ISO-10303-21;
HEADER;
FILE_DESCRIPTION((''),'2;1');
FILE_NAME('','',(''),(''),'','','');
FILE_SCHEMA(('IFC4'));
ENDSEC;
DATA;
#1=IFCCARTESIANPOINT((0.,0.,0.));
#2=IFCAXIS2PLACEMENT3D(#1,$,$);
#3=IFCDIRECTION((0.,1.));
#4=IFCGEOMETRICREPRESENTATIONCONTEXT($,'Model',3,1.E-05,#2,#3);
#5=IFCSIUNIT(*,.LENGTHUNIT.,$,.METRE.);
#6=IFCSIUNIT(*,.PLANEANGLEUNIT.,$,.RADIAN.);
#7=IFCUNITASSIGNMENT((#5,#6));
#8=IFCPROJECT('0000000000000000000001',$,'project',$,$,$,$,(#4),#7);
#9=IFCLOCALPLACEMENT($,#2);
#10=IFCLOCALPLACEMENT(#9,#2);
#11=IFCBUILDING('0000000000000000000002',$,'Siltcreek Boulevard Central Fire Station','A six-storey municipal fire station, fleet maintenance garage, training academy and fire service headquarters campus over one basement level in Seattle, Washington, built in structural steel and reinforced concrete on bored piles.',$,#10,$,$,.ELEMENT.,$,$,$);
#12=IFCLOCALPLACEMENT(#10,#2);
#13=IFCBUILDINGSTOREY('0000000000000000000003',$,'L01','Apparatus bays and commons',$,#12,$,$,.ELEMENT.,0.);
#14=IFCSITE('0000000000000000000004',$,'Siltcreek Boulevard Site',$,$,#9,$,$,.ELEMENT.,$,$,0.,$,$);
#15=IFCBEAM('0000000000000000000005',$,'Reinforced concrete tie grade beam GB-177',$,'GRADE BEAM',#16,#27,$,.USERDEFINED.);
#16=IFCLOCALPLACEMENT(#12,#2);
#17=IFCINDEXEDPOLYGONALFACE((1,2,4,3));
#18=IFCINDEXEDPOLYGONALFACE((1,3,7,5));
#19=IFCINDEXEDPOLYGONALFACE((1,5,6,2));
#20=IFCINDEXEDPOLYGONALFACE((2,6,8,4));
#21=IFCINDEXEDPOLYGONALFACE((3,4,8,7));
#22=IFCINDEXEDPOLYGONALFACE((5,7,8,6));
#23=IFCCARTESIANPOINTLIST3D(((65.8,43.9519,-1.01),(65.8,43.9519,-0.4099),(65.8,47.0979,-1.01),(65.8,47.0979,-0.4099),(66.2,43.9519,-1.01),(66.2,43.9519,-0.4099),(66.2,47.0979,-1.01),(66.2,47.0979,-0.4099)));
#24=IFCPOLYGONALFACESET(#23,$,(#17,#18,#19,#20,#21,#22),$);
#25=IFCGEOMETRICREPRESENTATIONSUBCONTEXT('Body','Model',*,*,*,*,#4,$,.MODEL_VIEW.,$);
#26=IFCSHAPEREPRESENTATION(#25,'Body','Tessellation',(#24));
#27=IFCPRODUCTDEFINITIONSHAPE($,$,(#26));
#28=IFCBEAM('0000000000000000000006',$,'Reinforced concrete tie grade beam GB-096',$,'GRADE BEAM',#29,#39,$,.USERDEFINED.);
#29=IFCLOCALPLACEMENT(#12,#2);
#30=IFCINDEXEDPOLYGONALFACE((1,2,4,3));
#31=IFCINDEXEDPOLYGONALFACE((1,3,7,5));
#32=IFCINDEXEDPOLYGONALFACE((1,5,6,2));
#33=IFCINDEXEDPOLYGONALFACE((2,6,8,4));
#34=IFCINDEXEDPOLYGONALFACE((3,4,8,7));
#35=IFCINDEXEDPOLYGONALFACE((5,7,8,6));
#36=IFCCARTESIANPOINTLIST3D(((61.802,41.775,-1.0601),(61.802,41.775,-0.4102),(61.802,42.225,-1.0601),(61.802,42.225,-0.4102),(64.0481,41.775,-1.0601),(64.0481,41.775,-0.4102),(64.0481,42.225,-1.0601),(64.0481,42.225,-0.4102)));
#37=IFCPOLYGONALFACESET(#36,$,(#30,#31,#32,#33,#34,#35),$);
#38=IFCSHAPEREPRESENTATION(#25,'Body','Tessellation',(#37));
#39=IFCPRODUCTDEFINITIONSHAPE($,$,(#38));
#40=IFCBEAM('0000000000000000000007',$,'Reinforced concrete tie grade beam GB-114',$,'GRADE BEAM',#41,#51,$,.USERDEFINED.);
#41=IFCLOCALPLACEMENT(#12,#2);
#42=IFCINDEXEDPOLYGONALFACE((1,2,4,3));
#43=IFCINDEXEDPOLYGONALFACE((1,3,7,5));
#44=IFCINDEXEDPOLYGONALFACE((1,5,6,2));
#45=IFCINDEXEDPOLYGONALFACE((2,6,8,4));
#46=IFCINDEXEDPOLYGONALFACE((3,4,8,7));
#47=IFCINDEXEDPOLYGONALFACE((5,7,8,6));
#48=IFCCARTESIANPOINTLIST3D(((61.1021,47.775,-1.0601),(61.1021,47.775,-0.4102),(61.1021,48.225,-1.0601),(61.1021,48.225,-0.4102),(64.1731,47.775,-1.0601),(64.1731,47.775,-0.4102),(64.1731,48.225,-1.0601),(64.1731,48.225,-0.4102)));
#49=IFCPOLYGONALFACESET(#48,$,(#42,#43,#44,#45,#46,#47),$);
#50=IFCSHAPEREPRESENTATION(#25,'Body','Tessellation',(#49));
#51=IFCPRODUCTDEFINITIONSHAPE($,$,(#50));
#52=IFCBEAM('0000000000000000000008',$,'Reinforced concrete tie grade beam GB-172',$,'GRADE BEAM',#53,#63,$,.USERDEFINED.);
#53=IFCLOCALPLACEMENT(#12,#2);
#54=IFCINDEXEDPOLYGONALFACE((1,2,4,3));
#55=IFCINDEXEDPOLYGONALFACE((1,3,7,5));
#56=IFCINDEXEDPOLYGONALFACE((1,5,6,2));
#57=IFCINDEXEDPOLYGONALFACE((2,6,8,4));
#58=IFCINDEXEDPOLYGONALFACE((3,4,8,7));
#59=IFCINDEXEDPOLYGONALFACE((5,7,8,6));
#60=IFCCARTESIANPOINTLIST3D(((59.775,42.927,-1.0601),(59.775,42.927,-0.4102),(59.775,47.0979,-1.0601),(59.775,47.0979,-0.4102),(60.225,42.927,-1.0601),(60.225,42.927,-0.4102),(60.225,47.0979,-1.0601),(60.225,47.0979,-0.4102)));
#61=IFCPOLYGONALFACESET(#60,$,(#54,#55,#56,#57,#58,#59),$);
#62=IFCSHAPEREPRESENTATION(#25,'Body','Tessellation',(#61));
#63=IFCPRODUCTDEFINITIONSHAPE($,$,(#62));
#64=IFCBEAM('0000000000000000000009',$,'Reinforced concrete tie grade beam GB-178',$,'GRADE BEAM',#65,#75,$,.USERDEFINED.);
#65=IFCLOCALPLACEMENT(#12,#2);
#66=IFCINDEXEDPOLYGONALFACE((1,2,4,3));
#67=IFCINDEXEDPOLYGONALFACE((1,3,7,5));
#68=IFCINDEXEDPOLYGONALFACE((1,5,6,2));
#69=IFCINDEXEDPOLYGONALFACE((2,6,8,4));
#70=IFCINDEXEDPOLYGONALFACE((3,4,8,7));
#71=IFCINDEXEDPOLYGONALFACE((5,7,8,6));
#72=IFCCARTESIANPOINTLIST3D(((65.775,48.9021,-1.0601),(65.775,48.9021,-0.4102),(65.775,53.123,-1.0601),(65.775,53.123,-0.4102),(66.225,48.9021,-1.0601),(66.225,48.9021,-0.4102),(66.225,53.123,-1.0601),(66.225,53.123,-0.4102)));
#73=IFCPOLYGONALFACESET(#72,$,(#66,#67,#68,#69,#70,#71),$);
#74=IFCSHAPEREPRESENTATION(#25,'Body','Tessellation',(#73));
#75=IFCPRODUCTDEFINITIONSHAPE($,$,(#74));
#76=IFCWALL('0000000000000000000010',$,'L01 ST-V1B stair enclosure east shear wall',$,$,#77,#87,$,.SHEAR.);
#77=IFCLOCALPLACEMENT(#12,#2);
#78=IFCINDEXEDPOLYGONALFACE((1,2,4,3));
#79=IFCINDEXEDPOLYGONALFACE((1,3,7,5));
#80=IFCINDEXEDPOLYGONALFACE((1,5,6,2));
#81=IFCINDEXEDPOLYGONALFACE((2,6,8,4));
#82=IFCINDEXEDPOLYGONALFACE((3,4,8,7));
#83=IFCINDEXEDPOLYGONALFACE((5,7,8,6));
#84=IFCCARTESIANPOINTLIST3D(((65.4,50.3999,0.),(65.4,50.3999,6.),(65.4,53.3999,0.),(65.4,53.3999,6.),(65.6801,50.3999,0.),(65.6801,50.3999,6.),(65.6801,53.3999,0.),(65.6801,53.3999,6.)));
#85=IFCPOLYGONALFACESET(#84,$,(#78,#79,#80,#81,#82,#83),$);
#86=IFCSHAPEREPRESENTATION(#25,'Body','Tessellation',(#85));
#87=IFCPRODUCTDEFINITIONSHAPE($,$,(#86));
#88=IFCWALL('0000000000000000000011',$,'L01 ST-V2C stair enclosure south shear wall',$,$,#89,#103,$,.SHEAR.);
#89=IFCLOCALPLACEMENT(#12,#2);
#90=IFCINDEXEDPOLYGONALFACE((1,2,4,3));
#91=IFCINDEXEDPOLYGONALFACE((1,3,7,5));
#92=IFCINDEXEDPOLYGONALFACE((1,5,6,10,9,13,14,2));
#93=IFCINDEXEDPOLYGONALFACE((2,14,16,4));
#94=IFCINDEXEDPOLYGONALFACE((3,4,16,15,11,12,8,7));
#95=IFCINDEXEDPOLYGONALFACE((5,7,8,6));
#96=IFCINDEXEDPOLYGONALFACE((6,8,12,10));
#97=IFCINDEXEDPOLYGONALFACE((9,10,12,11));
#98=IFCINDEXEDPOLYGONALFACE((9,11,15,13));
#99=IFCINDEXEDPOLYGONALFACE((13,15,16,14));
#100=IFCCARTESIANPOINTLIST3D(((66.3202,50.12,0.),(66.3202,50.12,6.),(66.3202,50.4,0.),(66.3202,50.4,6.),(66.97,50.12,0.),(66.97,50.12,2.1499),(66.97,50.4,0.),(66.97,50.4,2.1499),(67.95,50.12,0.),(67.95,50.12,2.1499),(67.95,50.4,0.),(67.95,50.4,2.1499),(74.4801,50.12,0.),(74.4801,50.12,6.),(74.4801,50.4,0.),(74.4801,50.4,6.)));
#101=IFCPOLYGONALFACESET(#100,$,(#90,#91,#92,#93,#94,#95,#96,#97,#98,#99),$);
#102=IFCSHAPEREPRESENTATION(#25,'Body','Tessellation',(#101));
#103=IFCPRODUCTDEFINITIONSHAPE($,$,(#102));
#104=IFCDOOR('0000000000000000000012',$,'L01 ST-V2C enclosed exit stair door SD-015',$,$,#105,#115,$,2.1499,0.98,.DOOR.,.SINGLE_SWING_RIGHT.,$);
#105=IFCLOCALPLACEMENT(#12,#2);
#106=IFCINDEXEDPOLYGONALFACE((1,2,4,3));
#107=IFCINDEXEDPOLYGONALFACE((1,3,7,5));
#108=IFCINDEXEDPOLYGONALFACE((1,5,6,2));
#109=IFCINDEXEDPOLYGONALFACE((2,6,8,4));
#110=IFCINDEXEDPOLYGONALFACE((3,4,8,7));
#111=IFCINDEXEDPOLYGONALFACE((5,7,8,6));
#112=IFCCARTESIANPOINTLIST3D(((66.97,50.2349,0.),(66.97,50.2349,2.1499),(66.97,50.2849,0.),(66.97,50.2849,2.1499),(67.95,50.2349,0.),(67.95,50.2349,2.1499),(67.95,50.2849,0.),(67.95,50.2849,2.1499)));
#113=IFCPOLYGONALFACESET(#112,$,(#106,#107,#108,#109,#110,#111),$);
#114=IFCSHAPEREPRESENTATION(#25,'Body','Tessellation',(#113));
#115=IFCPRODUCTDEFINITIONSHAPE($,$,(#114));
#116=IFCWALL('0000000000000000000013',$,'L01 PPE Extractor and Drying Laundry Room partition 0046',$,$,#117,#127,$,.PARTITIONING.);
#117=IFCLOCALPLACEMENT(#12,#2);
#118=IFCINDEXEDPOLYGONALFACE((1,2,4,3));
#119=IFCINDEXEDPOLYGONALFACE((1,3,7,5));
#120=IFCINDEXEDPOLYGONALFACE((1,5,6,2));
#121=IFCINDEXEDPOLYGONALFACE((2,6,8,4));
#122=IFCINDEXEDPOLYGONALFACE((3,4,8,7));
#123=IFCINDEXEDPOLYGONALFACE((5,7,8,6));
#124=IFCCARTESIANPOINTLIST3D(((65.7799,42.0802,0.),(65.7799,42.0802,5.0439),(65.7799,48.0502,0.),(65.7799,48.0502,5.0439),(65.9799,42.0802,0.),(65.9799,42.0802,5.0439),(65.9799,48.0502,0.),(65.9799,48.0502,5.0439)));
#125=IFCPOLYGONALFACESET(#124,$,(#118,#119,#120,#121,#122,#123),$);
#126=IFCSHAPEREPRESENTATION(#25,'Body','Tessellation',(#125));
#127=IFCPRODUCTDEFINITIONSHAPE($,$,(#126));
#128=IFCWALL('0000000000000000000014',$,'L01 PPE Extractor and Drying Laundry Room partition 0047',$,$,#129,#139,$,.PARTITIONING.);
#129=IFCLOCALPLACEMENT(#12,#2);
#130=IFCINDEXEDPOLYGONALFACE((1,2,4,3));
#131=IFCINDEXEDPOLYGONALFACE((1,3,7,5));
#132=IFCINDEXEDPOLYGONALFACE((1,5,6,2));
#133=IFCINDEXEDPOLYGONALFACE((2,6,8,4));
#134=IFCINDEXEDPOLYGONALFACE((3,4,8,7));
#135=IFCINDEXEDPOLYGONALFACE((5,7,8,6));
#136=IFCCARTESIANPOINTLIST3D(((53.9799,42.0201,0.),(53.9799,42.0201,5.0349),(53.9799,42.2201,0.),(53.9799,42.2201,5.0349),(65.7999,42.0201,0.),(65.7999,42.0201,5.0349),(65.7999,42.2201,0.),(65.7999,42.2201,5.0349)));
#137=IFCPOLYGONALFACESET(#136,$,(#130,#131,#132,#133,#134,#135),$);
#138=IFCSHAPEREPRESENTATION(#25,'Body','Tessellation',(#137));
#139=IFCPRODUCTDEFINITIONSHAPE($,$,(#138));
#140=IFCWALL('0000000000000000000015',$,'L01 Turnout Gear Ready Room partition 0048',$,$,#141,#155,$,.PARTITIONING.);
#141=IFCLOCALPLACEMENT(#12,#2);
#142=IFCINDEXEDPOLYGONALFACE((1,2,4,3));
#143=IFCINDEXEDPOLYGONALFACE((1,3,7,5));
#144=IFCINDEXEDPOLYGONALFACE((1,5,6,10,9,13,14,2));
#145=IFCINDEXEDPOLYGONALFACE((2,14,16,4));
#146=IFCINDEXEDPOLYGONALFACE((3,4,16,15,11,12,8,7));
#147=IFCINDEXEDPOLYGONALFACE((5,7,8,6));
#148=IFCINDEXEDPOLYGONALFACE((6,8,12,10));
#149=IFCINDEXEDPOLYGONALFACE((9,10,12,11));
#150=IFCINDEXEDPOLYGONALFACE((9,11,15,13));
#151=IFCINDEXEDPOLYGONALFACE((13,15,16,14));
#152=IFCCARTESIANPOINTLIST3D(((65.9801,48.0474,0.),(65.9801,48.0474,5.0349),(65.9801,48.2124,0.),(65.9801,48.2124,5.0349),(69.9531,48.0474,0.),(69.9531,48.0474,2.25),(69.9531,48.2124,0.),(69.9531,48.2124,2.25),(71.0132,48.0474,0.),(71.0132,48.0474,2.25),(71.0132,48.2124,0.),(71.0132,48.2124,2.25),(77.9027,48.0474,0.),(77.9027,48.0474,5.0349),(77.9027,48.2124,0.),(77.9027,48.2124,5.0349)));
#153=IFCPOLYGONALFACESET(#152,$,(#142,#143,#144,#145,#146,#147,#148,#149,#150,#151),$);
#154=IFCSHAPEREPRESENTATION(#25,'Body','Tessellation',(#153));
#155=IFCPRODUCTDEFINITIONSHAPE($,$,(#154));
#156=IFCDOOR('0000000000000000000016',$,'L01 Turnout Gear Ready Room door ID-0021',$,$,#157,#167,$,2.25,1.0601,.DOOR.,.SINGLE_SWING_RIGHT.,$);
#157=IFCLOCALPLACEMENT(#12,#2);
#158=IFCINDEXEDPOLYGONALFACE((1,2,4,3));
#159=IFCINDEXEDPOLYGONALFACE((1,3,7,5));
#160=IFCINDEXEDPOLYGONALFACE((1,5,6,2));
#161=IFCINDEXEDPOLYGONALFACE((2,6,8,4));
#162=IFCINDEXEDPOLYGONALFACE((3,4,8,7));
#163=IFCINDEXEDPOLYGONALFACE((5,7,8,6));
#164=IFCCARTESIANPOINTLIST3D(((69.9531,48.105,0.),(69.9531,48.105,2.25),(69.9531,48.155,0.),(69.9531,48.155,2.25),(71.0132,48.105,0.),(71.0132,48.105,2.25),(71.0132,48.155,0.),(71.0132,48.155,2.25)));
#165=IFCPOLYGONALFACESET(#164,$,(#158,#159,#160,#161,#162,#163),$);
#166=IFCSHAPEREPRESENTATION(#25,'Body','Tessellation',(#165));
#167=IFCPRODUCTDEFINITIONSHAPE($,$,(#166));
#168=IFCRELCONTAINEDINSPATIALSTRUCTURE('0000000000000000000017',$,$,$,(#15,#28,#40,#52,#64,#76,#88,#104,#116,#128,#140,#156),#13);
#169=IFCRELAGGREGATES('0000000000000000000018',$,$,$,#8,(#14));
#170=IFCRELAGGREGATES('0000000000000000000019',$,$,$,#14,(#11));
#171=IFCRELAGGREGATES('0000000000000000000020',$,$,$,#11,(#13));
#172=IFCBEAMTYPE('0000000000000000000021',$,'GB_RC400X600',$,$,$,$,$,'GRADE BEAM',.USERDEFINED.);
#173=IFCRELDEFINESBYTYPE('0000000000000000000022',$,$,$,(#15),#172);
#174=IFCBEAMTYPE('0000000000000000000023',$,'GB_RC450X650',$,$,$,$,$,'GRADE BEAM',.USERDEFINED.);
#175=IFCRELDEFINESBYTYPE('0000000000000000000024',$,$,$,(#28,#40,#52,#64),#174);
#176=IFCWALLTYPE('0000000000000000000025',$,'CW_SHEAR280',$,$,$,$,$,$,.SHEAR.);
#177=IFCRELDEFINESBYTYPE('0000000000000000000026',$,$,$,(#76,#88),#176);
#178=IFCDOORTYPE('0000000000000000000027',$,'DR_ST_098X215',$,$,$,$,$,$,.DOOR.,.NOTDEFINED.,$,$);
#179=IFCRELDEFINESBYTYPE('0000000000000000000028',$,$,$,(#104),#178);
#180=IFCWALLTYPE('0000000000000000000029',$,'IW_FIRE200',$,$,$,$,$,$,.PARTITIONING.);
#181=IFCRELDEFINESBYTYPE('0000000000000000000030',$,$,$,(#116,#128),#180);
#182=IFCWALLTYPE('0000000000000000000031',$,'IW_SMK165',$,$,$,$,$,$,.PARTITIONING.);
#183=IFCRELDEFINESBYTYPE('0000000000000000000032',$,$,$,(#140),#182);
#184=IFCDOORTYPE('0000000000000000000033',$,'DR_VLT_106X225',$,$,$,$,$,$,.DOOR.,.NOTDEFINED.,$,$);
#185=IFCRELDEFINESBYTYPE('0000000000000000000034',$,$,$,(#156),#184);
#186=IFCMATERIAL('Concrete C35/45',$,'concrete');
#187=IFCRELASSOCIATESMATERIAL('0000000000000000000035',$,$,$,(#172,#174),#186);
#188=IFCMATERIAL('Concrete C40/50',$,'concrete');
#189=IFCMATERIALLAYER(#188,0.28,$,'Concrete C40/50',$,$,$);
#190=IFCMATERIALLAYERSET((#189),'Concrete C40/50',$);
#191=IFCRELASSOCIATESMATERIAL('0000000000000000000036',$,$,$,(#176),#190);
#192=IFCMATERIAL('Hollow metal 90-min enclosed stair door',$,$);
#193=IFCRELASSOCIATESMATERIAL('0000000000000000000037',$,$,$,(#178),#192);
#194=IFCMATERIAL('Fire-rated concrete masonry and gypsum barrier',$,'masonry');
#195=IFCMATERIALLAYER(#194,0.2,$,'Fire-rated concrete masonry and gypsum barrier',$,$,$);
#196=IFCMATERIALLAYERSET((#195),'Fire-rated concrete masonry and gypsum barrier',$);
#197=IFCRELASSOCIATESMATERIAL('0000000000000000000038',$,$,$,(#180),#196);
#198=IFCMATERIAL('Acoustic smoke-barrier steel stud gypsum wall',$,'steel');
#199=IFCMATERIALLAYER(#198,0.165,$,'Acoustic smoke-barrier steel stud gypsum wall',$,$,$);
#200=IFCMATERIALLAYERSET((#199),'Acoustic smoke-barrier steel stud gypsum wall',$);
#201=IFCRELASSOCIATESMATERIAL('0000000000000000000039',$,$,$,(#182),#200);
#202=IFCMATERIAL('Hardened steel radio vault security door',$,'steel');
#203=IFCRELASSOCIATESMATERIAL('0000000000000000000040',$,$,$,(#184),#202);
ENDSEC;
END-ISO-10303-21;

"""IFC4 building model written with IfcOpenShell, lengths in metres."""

from ifc_helpers import new_model, si_unit, direction, frame, frame_2d, origin, origin_2d, place, context, subcontext, project, spatial, rectangle, extrude, material, layer, layer_set, material_profile, profile_set, type_object, element, fill, save


model = new_model("IFC4")

# Units and contexts
model_context = context("Model", 3, precision=1e-05, world=origin(), true_north=direction((0.0, 1.0)))
body_context = subcontext(model_context, "Body", "Model", "MODEL_VIEW")
ifc_project = project(units=[si_unit("LENGTHUNIT", "METRE"), si_unit("PLANEANGLEUNIT", "RADIAN")], contexts=[model_context])

# Site, building, storey
site_placement = place(None, origin())
site = spatial("IfcSite", under=ifc_project, at=site_placement, Name="Siltcreek Boulevard Site", CompositionType="ELEMENT", RefElevation=0.0)
building_placement = place(site_placement, origin())
building = spatial("IfcBuilding", under=site, at=building_placement, Name="Siltcreek Boulevard Central Fire Station", Description="A six-storey municipal fire station, fleet maintenance garage, training academy and fire service headquarters campus over one basement level in Seattle, Washington, built in structural steel and reinforced concrete on bored piles.", CompositionType="ELEMENT")
storey_placement = place(building_placement, origin())
storey = spatial("IfcBuildingStorey", under=building, at=storey_placement, Name="L01", Description="Apparatus bays and commons", CompositionType="ELEMENT", Elevation=0.0)

# Shared definitions
ifc_material_1 = material(Name="Concrete C35/45", Category="concrete")

# Beams
ifc_material_profile_1 = material_profile(ifc_material_1, rectangle(XDim=0.3999, YDim=0.6001, at=origin_2d()), Name="RC400X600")
ifc_profile_set_1 = profile_set([ifc_material_profile_1], Name="Concrete C35/45")
beam_type_1 = type_object("IfcBeamType", Name="GB_RC400X600", ElementType="GRADE BEAM", PredefinedType="USERDEFINED", material=ifc_profile_set_1)
beam_1_placement = place(storey_placement, frame((66.0, 43.9519, -0.71), z_axis=(0.0, 1.0, 0.0), x_axis=(-1.0, 0.0, 0.0)))
element("IfcBeam", 1, at=beam_1_placement, inside=storey, type_object=beam_type_1, Name="Reinforced concrete tie grade beam GB-177", ObjectType="GRADE BEAM", PredefinedType="USERDEFINED", context=body_context, shape_type="SweptSolid", body=[
    extrude(rectangle(XDim=0.3999, YDim=0.6001, at=origin_2d()), origin(), (0.0, 0.0, 1.0), 3.146),
])
ifc_material_profile_2 = material_profile(ifc_material_1, rectangle(XDim=0.45, YDim=0.6499, at=origin_2d()), Name="RC450X650")
ifc_profile_set_2 = profile_set([ifc_material_profile_2], Name="Concrete C35/45")
beam_type_2 = type_object("IfcBeamType", Name="GB_RC450X650", ElementType="GRADE BEAM", PredefinedType="USERDEFINED", material=ifc_profile_set_2)
beam_2_placement = place(storey_placement, frame((61.802, 42.0, -0.7351), z_axis=(1.0, 0.0, 0.0), x_axis=(0.0, 1.0, 0.0)))
element("IfcBeam", 2, at=beam_2_placement, inside=storey, type_object=beam_type_2, Name="Reinforced concrete tie grade beam GB-096", ObjectType="GRADE BEAM", PredefinedType="USERDEFINED", context=body_context, shape_type="SweptSolid", body=[
    extrude(rectangle(XDim=0.45, YDim=0.6499, at=origin_2d()), origin(), (0.0, 0.0, 1.0), 2.2461),
])
beam_3_placement = place(storey_placement, frame((61.1021, 48.0, -0.7351), z_axis=(1.0, 0.0, 0.0), x_axis=(0.0, 1.0, 0.0)))
element("IfcBeam", 3, at=beam_3_placement, inside=storey, type_object=beam_type_2, Name="Reinforced concrete tie grade beam GB-114", ObjectType="GRADE BEAM", PredefinedType="USERDEFINED", context=body_context, shape_type="SweptSolid", body=[
    extrude(rectangle(XDim=0.45, YDim=0.6499, at=origin_2d()), origin(), (0.0, 0.0, 1.0), 3.071),
])
beam_4_placement = place(storey_placement, frame((60.0, 42.927, -0.7351), z_axis=(0.0, 1.0, 0.0), x_axis=(-1.0, 0.0, 0.0)))
element("IfcBeam", 4, at=beam_4_placement, inside=storey, type_object=beam_type_2, Name="Reinforced concrete tie grade beam GB-172", ObjectType="GRADE BEAM", PredefinedType="USERDEFINED", context=body_context, shape_type="SweptSolid", body=[
    extrude(rectangle(XDim=0.45, YDim=0.6499, at=origin_2d()), origin(), (0.0, 0.0, 1.0), 4.1709),
])
beam_5_placement = place(storey_placement, frame((66.0, 48.9021, -0.7351), z_axis=(0.0, 1.0, 0.0), x_axis=(-1.0, 0.0, 0.0)))
element("IfcBeam", 5, at=beam_5_placement, inside=storey, type_object=beam_type_2, Name="Reinforced concrete tie grade beam GB-178", ObjectType="GRADE BEAM", PredefinedType="USERDEFINED", context=body_context, shape_type="SweptSolid", body=[
    extrude(rectangle(XDim=0.45, YDim=0.6499, at=origin_2d()), origin(), (0.0, 0.0, 1.0), 4.2209),
])

# Wall
ifc_material_2 = material(Name="Concrete C40/50", Category="concrete")
ifc_layer_1 = layer(ifc_material_2, 0.28, Name="Concrete C40/50")
ifc_layer_set_1 = layer_set([ifc_layer_1], Name="Concrete C40/50")
wall_type_1 = type_object("IfcWallType", Name="CW_SHEAR280", PredefinedType="SHEAR", material=ifc_layer_set_1)
wall_1_placement = place(storey_placement, frame((65.54, 50.3999, 0.0), z_axis=(0.0, 0.0, 1.0), x_axis=(0.0, 1.0, 0.0)))
element("IfcWall", 6, at=wall_1_placement, inside=storey, type_object=wall_type_1, Name="L01 ST-V1B stair enclosure east shear wall", PredefinedType="SHEAR", context=body_context, shape_type="SweptSolid", body=[
    extrude(rectangle(XDim=3.0, YDim=0.28, at=frame_2d((1.5, 0.0))), origin(), (0.0, 0.0, 1.0), 6.0),
])

# Wall, opening, door
wall_2_placement = place(storey_placement, frame((66.3201, 50.26, 0.0), z_axis=(0.0, 0.0, 1.0), x_axis=(1.0, 0.0, 0.0)))
wall_2 = element("IfcWall", 7, at=wall_2_placement, inside=storey, type_object=wall_type_1, Name="L01 ST-V2C stair enclosure south shear wall", PredefinedType="SHEAR", context=body_context, shape_type="SweptSolid", body=[
    extrude(rectangle(XDim=8.1599, YDim=0.28, at=frame_2d((4.0801, 0.0))), origin(), (0.0, 0.0, 1.0), 6.0),
])
opening_1_placement = place(wall_2_placement, frame((0.6499, 0.0, 0.0)))
opening_1 = element("IfcOpeningElement", 8, at=opening_1_placement, cuts=wall_2, PredefinedType="OPENING", context=body_context, shape_type="SweptSolid", body=[
    extrude(rectangle(XDim=0.98, YDim=2.1499, at=frame_2d((0.49, 1.075))), frame((0.0, 0.1499, 0.0), z_axis=(0.0, -1.0, 0.0), x_axis=(1.0, 0.0, 0.0)), (0.0, 0.0, 1.0), 0.3),
])
ifc_material_3 = material(Name="Hollow metal 90-min enclosed stair door")
door_type_1 = type_object("IfcDoorType", Name="DR_ST_098X215", OperationType="NOTDEFINED", PredefinedType="DOOR", material=ifc_material_3)
door_1_placement = place(opening_1_placement, origin())
door_1 = element("IfcDoor", 9, at=door_1_placement, inside=storey, type_object=door_type_1, Name="L01 ST-V2C enclosed exit stair door SD-015", OperationType="SINGLE_SWING_RIGHT", OverallHeight=2.1499, OverallWidth=0.98, PredefinedType="DOOR", context=body_context, shape_type="SweptSolid", body=[
    extrude(rectangle(XDim=0.98, YDim=2.1499, at=frame_2d((0.49, 1.075))), frame((0.0, 0.0249, 0.0), z_axis=(0.0, -1.0, 0.0), x_axis=(1.0, 0.0, 0.0)), (0.0, 0.0, 1.0), 0.05),
])
fill(opening_1, door_1)

# Walls
ifc_material_4 = material(Name="Fire-rated concrete masonry and gypsum barrier", Category="masonry")
ifc_layer_2 = layer(ifc_material_4, 0.2, Name="Fire-rated concrete masonry and gypsum barrier")
ifc_layer_set_2 = layer_set([ifc_layer_2], Name="Fire-rated concrete masonry and gypsum barrier")
wall_type_2 = type_object("IfcWallType", Name="IW_FIRE200", PredefinedType="PARTITIONING", material=ifc_layer_set_2)
wall_3_placement = place(storey_placement, frame((65.8799, 48.05, 0.0), z_axis=(0.0, 0.0, 1.0), x_axis=(0.0, -1.0, 0.0)))
element("IfcWall", 10, at=wall_3_placement, inside=storey, type_object=wall_type_2, Name="L01 PPE Extractor and Drying Laundry Room partition 0046", PredefinedType="PARTITIONING", context=body_context, shape_type="SweptSolid", body=[
    extrude(rectangle(XDim=5.97, YDim=0.2, at=frame_2d((2.9849, 0.0))), origin(), (0.0, 0.0, 1.0), 5.0439),
])
wall_4_placement = place(storey_placement, frame((65.8, 42.1201, 0.0), z_axis=(0.0, 0.0, 1.0), x_axis=(-1.0, 0.0, 0.0)))
element("IfcWall", 11, at=wall_4_placement, inside=storey, type_object=wall_type_2, Name="L01 PPE Extractor and Drying Laundry Room partition 0047", PredefinedType="PARTITIONING", context=body_context, shape_type="SweptSolid", body=[
    extrude(rectangle(XDim=11.8201, YDim=0.2, at=frame_2d((5.9102, 0.0))), origin(), (0.0, 0.0, 1.0), 5.0349),
])

# Wall, opening, door
ifc_material_5 = material(Name="Acoustic smoke-barrier steel stud gypsum wall", Category="steel")
ifc_layer_3 = layer(ifc_material_5, 0.165, Name="Acoustic smoke-barrier steel stud gypsum wall")
ifc_layer_set_3 = layer_set([ifc_layer_3], Name="Acoustic smoke-barrier steel stud gypsum wall")
wall_type_3 = type_object("IfcWallType", Name="IW_SMK165", PredefinedType="PARTITIONING", material=ifc_layer_set_3)
wall_5_placement = place(storey_placement, frame((65.98, 48.1299, 0.0), z_axis=(0.0, 0.0, 1.0), x_axis=(1.0, 0.0, 0.0)))
wall_5 = element("IfcWall", 12, at=wall_5_placement, inside=storey, type_object=wall_type_3, Name="L01 Turnout Gear Ready Room partition 0048", PredefinedType="PARTITIONING", context=body_context, shape_type="SweptSolid", body=[
    extrude(rectangle(XDim=11.9226, YDim=0.165, at=frame_2d((5.9614, 0.0))), origin(), (0.0, 0.0, 1.0), 5.0349),
])
opening_2_placement = place(wall_5_placement, frame((3.9731, 0.0, 0.0)))
opening_2 = element("IfcOpeningElement", 13, at=opening_2_placement, cuts=wall_5, PredefinedType="OPENING", context=body_context, shape_type="SweptSolid", body=[
    extrude(rectangle(XDim=1.0601, YDim=2.25, at=frame_2d((0.53, 1.125))), frame((0.0, 0.0925, 0.0), z_axis=(0.0, -1.0, 0.0), x_axis=(1.0, 0.0, 0.0)), (0.0, 0.0, 1.0), 0.1851),
])
ifc_material_6 = material(Name="Hardened steel radio vault security door", Category="steel")
door_type_2 = type_object("IfcDoorType", Name="DR_VLT_106X225", OperationType="NOTDEFINED", PredefinedType="DOOR", material=ifc_material_6)
door_2_placement = place(opening_2_placement, frame((1.0601, 0.0, 0.0), z_axis=(0.0, 0.0, 1.0), x_axis=(-1.0, 0.0, 0.0)))
door_2 = element("IfcDoor", 14, at=door_2_placement, inside=storey, type_object=door_type_2, Name="L01 Turnout Gear Ready Room door ID-0021", OperationType="SINGLE_SWING_RIGHT", OverallHeight=2.25, OverallWidth=1.0601, PredefinedType="DOOR", context=body_context, shape_type="SweptSolid", body=[
    extrude(rectangle(XDim=1.0601, YDim=2.25, at=frame_2d((0.53, 1.125))), frame((0.0, 0.0249, 0.0), z_axis=(0.0, -1.0, 0.0), x_axis=(1.0, 0.0, 0.0)), (0.0, 0.0, 1.0), 0.05),
])
fill(opening_2, door_2)

save(model, "model.ifc")
